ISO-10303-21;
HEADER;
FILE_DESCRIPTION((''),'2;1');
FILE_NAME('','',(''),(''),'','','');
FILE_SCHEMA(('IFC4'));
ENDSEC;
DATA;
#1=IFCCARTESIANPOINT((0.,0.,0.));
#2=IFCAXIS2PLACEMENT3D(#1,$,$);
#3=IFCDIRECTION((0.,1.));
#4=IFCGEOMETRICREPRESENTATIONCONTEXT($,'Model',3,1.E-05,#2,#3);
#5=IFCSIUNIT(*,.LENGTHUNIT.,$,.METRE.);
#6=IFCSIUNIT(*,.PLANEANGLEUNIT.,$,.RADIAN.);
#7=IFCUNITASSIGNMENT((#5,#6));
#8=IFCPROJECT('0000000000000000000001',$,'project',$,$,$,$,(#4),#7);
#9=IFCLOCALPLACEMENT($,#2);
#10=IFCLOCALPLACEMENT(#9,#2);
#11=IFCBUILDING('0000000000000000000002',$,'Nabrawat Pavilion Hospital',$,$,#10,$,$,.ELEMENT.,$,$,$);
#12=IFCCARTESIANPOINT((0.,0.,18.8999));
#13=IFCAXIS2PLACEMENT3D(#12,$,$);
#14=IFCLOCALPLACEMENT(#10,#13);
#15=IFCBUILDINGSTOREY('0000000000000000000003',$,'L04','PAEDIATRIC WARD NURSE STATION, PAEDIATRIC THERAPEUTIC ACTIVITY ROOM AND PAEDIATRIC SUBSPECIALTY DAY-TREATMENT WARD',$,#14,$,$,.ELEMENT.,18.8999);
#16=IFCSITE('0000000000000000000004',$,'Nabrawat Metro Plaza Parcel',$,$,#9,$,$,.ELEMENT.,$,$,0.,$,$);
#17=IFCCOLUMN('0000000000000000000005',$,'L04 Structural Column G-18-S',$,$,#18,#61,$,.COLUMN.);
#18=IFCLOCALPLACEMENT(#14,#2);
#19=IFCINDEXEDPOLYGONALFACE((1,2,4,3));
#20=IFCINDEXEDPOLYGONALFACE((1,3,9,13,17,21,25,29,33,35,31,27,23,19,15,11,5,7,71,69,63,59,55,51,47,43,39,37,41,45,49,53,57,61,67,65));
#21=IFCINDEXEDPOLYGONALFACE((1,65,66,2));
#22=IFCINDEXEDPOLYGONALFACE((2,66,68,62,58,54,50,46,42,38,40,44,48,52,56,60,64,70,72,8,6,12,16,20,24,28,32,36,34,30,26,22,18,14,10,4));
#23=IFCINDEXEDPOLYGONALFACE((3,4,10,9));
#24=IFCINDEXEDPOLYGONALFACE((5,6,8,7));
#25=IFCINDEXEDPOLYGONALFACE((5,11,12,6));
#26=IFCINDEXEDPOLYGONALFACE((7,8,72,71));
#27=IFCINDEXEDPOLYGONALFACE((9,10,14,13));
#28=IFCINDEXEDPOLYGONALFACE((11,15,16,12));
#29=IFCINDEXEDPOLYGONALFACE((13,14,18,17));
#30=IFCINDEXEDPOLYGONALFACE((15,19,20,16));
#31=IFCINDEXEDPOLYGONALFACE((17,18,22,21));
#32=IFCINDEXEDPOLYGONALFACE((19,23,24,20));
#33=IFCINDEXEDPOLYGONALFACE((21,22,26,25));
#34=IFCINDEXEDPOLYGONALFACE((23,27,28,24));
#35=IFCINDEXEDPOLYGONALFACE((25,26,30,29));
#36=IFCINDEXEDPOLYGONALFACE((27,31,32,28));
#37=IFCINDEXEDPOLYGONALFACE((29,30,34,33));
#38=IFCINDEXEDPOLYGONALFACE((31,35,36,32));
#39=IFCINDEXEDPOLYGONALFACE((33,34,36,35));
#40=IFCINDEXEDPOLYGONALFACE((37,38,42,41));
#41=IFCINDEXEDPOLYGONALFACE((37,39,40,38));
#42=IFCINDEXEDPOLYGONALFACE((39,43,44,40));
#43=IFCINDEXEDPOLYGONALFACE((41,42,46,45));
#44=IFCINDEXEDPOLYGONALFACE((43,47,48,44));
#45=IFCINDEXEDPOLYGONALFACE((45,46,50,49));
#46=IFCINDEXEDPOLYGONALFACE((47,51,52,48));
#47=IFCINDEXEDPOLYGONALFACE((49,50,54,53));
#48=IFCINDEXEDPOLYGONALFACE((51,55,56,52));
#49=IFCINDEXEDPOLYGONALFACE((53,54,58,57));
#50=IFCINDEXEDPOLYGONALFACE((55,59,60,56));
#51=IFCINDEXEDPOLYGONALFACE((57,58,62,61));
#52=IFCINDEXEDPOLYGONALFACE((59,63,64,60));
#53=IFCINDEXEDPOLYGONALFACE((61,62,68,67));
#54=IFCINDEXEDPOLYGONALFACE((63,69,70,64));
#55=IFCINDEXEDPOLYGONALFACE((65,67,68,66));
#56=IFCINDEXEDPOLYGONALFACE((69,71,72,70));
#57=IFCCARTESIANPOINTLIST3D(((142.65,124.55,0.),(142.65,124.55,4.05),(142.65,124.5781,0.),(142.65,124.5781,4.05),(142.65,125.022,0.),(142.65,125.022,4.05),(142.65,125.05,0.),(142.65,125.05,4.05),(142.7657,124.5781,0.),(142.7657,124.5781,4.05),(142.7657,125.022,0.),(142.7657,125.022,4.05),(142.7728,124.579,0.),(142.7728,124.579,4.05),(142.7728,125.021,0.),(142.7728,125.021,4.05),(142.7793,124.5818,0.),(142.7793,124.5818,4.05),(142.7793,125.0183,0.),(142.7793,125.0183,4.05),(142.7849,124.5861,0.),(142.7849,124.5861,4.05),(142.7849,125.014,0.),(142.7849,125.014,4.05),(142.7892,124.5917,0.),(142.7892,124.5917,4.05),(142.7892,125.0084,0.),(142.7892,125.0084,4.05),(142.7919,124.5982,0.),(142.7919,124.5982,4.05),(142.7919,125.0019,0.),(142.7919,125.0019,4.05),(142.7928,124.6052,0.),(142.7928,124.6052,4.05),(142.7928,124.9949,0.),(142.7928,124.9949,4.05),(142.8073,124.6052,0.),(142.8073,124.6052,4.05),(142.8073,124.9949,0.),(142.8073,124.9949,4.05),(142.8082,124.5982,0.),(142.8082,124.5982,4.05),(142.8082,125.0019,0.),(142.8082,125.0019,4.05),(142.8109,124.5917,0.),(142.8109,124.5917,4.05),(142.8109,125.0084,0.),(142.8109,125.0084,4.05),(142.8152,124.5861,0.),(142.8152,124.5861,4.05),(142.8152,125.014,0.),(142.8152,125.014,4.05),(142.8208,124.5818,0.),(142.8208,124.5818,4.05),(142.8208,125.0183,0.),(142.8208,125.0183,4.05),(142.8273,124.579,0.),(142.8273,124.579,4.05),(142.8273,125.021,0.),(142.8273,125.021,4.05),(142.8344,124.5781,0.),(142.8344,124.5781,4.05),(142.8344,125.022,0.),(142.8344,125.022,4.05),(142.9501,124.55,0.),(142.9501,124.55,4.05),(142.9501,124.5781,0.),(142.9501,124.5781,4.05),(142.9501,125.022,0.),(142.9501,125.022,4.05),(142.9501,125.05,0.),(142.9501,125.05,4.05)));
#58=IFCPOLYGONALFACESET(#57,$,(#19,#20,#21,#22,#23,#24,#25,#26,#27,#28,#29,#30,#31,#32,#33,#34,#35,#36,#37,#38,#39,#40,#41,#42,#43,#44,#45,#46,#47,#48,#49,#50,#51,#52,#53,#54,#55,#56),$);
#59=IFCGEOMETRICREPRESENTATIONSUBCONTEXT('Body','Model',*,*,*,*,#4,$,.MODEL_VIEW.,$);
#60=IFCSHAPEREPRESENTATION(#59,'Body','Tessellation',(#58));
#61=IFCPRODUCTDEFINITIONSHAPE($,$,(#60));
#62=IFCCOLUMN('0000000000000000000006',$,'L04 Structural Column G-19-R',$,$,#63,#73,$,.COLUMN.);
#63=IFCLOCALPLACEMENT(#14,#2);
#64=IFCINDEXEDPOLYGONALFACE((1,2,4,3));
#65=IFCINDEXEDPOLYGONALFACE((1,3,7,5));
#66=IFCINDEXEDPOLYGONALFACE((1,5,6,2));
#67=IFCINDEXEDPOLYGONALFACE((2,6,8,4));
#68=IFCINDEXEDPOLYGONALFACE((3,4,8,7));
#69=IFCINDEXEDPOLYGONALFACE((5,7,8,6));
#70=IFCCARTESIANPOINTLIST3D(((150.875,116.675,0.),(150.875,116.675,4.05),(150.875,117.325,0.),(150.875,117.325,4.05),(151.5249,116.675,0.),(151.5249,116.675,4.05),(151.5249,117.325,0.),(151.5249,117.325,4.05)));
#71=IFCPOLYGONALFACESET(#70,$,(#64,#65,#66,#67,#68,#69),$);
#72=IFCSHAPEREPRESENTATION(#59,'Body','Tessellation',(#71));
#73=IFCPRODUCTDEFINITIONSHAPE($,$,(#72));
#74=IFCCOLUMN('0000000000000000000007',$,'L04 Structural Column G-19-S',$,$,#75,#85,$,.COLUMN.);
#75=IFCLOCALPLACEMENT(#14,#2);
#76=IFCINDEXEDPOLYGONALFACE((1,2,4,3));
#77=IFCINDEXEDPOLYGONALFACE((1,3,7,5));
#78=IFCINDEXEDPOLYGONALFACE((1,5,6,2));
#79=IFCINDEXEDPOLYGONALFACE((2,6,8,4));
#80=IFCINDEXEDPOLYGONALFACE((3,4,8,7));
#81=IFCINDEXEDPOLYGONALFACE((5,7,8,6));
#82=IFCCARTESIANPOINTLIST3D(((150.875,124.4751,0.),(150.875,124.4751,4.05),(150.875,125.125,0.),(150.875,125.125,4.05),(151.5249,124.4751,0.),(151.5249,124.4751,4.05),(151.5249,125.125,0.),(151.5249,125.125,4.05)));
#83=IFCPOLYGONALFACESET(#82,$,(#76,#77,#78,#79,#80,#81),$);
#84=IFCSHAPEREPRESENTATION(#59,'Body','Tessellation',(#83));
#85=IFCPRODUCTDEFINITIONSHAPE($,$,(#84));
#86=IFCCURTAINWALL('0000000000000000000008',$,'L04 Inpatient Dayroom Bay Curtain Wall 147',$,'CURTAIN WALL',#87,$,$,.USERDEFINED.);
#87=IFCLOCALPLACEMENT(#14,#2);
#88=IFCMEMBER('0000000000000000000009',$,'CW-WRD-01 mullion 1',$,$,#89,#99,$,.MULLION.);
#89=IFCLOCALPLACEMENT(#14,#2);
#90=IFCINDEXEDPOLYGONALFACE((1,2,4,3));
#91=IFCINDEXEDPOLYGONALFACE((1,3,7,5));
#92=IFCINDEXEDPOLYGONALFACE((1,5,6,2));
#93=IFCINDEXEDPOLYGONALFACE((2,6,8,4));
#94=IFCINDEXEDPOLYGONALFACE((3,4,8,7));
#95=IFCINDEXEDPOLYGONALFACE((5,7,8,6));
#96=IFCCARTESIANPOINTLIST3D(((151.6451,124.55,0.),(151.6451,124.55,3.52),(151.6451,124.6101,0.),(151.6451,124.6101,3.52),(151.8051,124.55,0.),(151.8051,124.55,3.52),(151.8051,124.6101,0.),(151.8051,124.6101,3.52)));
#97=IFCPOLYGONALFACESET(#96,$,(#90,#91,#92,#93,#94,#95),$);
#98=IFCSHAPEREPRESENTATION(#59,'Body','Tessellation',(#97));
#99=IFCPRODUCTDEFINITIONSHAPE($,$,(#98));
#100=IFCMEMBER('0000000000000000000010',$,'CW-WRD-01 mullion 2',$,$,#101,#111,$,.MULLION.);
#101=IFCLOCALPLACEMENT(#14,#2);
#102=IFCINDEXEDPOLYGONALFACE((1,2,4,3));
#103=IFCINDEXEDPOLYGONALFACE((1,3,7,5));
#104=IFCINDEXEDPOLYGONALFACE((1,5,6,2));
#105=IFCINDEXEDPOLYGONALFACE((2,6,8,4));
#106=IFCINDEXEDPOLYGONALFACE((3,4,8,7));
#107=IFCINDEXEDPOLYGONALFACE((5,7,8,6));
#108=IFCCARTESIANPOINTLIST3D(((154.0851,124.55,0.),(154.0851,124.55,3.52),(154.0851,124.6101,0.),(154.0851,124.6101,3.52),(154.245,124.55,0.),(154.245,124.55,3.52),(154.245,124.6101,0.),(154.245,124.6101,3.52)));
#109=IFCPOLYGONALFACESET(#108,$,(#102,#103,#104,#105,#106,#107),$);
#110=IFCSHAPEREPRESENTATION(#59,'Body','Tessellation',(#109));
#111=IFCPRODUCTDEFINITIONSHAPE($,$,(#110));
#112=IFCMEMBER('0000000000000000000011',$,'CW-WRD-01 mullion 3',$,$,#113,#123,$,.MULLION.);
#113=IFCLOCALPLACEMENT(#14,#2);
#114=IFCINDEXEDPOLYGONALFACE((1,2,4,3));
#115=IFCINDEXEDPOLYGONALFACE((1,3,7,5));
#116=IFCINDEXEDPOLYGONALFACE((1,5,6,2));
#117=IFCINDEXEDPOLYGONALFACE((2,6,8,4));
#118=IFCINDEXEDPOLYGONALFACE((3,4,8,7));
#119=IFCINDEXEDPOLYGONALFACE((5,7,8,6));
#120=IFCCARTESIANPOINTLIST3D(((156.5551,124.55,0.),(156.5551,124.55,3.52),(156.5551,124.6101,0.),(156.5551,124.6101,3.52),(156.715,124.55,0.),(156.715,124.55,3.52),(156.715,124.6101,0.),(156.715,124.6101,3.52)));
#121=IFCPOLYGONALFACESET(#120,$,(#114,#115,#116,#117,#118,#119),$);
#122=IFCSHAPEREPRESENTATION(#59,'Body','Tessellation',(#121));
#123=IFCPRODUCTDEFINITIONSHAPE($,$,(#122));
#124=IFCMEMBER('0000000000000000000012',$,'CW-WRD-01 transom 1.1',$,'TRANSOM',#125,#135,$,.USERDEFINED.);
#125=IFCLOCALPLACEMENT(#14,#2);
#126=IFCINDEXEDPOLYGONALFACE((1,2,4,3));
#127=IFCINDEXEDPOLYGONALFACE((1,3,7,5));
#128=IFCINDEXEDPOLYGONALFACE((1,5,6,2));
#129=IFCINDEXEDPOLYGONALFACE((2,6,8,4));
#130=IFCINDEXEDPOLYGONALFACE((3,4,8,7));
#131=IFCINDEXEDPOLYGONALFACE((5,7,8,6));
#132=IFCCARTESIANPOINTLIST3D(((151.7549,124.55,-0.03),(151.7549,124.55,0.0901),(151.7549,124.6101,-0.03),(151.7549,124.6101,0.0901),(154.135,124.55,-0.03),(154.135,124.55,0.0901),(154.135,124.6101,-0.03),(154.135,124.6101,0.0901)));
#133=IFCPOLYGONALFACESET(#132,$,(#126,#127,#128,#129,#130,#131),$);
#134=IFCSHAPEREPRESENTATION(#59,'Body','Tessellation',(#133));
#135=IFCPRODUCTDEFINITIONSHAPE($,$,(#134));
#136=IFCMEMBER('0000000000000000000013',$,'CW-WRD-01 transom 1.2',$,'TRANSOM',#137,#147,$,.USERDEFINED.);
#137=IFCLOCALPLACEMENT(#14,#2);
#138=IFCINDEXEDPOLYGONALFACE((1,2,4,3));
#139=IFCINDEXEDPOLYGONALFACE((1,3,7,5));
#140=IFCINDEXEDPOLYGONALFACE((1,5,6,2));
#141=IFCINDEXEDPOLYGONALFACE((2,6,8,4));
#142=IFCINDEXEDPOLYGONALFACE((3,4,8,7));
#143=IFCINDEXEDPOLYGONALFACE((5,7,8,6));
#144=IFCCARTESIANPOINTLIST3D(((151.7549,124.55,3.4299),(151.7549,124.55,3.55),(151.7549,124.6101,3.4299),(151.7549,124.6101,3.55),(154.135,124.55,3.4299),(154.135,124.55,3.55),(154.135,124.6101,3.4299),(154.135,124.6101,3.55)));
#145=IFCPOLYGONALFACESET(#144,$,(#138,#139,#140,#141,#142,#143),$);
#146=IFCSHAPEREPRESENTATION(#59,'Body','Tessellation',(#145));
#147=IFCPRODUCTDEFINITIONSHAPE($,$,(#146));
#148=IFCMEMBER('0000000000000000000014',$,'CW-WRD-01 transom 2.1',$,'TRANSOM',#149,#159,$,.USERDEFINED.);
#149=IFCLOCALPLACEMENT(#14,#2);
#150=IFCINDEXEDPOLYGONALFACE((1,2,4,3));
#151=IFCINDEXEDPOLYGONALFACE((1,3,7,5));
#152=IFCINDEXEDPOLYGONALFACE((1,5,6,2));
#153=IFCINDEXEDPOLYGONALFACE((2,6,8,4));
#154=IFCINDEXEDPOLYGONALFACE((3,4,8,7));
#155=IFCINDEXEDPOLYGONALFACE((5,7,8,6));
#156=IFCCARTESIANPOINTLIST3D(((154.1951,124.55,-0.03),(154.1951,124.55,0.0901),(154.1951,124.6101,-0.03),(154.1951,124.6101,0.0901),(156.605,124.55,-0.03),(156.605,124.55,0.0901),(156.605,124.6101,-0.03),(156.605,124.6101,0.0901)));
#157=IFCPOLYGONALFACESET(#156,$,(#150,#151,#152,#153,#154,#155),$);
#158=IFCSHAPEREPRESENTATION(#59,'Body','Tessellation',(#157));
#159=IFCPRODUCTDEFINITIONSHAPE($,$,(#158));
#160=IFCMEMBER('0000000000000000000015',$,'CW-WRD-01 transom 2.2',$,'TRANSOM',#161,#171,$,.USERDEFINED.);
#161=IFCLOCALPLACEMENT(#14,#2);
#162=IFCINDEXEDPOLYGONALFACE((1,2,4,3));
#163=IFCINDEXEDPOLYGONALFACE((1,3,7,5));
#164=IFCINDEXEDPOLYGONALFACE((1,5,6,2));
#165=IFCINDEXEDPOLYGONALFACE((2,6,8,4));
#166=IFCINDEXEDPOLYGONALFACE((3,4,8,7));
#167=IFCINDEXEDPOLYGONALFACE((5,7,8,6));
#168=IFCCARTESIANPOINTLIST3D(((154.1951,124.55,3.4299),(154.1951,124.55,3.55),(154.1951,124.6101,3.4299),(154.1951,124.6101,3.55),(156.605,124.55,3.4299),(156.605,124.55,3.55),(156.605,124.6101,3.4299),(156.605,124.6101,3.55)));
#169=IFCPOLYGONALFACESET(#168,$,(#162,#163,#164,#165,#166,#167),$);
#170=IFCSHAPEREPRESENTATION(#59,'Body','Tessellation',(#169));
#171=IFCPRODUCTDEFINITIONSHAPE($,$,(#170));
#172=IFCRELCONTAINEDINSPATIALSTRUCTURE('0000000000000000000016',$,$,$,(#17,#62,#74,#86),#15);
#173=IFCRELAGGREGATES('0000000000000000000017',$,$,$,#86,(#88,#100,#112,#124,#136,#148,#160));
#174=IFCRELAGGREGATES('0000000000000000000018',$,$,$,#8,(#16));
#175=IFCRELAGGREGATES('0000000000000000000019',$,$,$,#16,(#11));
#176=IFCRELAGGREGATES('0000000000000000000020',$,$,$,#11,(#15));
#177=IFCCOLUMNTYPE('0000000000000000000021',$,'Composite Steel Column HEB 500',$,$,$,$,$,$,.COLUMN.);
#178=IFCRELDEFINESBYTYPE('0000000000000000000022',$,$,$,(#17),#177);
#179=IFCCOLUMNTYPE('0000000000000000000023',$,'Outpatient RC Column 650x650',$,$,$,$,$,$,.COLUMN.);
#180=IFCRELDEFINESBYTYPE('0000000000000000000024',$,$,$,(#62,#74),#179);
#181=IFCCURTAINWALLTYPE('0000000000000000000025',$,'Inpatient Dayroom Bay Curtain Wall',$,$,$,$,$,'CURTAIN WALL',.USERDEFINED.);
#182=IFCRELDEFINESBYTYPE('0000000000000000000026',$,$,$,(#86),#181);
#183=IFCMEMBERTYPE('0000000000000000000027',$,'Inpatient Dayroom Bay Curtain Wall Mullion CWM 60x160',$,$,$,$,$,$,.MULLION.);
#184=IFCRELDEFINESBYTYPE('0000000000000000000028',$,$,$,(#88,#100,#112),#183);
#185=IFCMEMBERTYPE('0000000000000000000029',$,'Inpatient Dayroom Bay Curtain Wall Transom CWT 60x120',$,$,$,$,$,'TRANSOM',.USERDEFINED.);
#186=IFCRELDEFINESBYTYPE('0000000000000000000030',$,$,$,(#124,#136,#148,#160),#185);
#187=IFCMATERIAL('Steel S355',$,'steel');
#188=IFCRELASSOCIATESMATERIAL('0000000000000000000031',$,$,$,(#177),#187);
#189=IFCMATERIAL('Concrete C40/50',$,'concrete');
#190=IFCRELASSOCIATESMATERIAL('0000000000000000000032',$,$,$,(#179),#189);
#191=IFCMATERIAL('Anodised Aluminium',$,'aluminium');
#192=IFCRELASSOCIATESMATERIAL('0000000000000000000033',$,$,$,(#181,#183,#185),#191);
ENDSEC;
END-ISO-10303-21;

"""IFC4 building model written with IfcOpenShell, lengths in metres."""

from ifc_helpers import new_model, si_unit, direction, frame, origin, origin_2d, place, context, subcontext, project, spatial, rectangle, i_section, extrude, material, material_profile, profile_set, type_object, element, aggregate, save


model = new_model("IFC4")

# Units and contexts
model_context = context("Model", 3, precision=1e-05, world=origin(), true_north=direction((0.0, 1.0)))
body_context = subcontext(model_context, "Body", "Model", "MODEL_VIEW")
ifc_project = project(units=[si_unit("LENGTHUNIT", "METRE"), si_unit("PLANEANGLEUNIT", "RADIAN")], contexts=[model_context])

# Site, building, storey
site_placement = place(None, origin())
site = spatial("IfcSite", under=ifc_project, at=site_placement, Name="Nabrawat Metro Plaza Parcel", CompositionType="ELEMENT", RefElevation=0.0)
building_placement = place(site_placement, origin())
building = spatial("IfcBuilding", under=site, at=building_placement, Name="Nabrawat Pavilion Hospital", CompositionType="ELEMENT")
storey_placement = place(building_placement, frame((0.0, 0.0, 18.8999)))
storey = spatial("IfcBuildingStorey", under=building, at=storey_placement, Name="L04", Description="PAEDIATRIC WARD NURSE STATION, PAEDIATRIC THERAPEUTIC ACTIVITY ROOM AND PAEDIATRIC SUBSPECIALTY DAY-TREATMENT WARD", CompositionType="ELEMENT", Elevation=18.8999)

# Columns
ifc_material_1 = material(Name="Steel S355", Category="steel")
ifc_material_profile_1 = material_profile(ifc_material_1, i_section(OverallWidth=0.3, OverallDepth=0.5, WebThickness=0.0144, FlangeThickness=0.0281, FilletRadius=0.0271, at=origin_2d()), Name="HEB 500")
ifc_profile_set_1 = profile_set([ifc_material_profile_1], Name="Steel S355")
column_type_1 = type_object("IfcColumnType", Name="Composite Steel Column HEB 500", PredefinedType="COLUMN", material=ifc_profile_set_1)
column_placement = place(storey_placement, frame((142.8, 124.8, 0.0), z_axis=(0.0, 0.0, 1.0), x_axis=(1.0, 0.0, 0.0)))
element("IfcColumn", 1, at=column_placement, inside=storey, type_object=column_type_1, Name="L04 Structural Column G-18-S", PredefinedType="COLUMN", context=body_context, shape_type="SweptSolid", body=[
    extrude(i_section(OverallWidth=0.3, OverallDepth=0.5, WebThickness=0.0144, FlangeThickness=0.0281, FilletRadius=0.0271, at=origin_2d()), origin(), (0.0, 0.0, 1.0), 4.05),
])
ifc_material_2 = material(Name="Concrete C40/50", Category="concrete")
ifc_material_profile_2 = material_profile(ifc_material_2, rectangle(XDim=0.6499, YDim=0.6499, at=origin_2d()), Name="RC 650x650")
ifc_profile_set_2 = profile_set([ifc_material_profile_2], Name="Concrete C40/50")
column_type_2 = type_object("IfcColumnType", Name="Outpatient RC Column 650x650", PredefinedType="COLUMN", material=ifc_profile_set_2)
for number, where, z_axis, x_axis, name in (
    (2, (151.2, 117.0, 0.0), (0.0, 0.0, 1.0), (1.0, 0.0, 0.0), "L04 Structural Column G-19-R"),
    (3, (151.2, 124.8, 0.0), (0.0, 0.0, 1.0), (1.0, 0.0, 0.0), "L04 Structural Column G-19-S"),
):
    element("IfcColumn", number, at=place(storey_placement, frame(where, z_axis=z_axis, x_axis=x_axis)), inside=storey, type_object=column_type_2, Name=name, PredefinedType="COLUMN", context=body_context, shape_type="SweptSolid", body=[
        extrude(rectangle(XDim=0.6499, YDim=0.6499, at=origin_2d()), origin(), (0.0, 0.0, 1.0), 4.05),
    ])

# Curtain wall, members
ifc_material_3 = material(Name="Anodised Aluminium", Category="aluminium")
curtain_wall_type = type_object("IfcCurtainWallType", Name="Inpatient Dayroom Bay Curtain Wall", ElementType="CURTAIN WALL", PredefinedType="USERDEFINED", material=ifc_material_3)
curtain_wall_placement = place(storey_placement, origin())
curtain_wall = element("IfcCurtainWall", 4, at=curtain_wall_placement, inside=storey, type_object=curtain_wall_type, Name="L04 Inpatient Dayroom Bay Curtain Wall 147", ObjectType="CURTAIN WALL", PredefinedType="USERDEFINED")
ifc_material_profile_3 = material_profile(ifc_material_3, rectangle(XDim=0.0601, YDim=0.1599, at=origin_2d()), Name="CWM 60x160")
ifc_profile_set_3 = profile_set([ifc_material_profile_3], Name="Anodised Aluminium")
member_type_1 = type_object("IfcMemberType", Name="Inpatient Dayroom Bay Curtain Wall Mullion CWM 60x160", PredefinedType="MULLION", material=ifc_profile_set_3)
member_1_placement = place(storey_placement, frame((151.7251, 124.5801, 0.0), z_axis=(0.0, 0.0, 1.0), x_axis=(0.0, 1.0, 0.0)))
member_1 = element("IfcMember", 5, at=member_1_placement, type_object=member_type_1, Name="CW-WRD-01 mullion 1", PredefinedType="MULLION", context=body_context, shape_type="SweptSolid", body=[
    extrude(rectangle(XDim=0.0601, YDim=0.1599, at=origin_2d()), origin(), (0.0, 0.0, 1.0), 3.52),
])
member_2_placement = place(storey_placement, frame((154.165, 124.5801, 0.0), z_axis=(0.0, 0.0, 1.0), x_axis=(0.0, 1.0, 0.0)))
member_2 = element("IfcMember", 6, at=member_2_placement, type_object=member_type_1, Name="CW-WRD-01 mullion 2", PredefinedType="MULLION", context=body_context, shape_type="SweptSolid", body=[
    extrude(rectangle(XDim=0.0601, YDim=0.1599, at=origin_2d()), origin(), (0.0, 0.0, 1.0), 3.52),
])
member_3_placement = place(storey_placement, frame((156.635, 124.5801, 0.0), z_axis=(0.0, 0.0, 1.0), x_axis=(0.0, 1.0, 0.0)))
member_3 = element("IfcMember", 7, at=member_3_placement, type_object=member_type_1, Name="CW-WRD-01 mullion 3", PredefinedType="MULLION", context=body_context, shape_type="SweptSolid", body=[
    extrude(rectangle(XDim=0.0601, YDim=0.1599, at=origin_2d()), origin(), (0.0, 0.0, 1.0), 3.52),
])
ifc_material_profile_4 = material_profile(ifc_material_3, rectangle(XDim=0.0601, YDim=0.1201, at=origin_2d()), Name="CWT 60x120")
ifc_profile_set_4 = profile_set([ifc_material_profile_4], Name="Anodised Aluminium")
member_type_2 = type_object("IfcMemberType", Name="Inpatient Dayroom Bay Curtain Wall Transom CWT 60x120", ElementType="TRANSOM", PredefinedType="USERDEFINED", material=ifc_profile_set_4)
member_4_placement = place(storey_placement, frame((151.7549, 124.5801, 0.03), z_axis=(1.0, 0.0, 0.0), x_axis=(0.0, 1.0, 0.0)))
member_4 = element("IfcMember", 8, at=member_4_placement, type_object=member_type_2, Name="CW-WRD-01 transom 1.1", ObjectType="TRANSOM", PredefinedType="USERDEFINED", context=body_context, shape_type="SweptSolid", body=[
    extrude(rectangle(XDim=0.0601, YDim=0.1201, at=origin_2d()), origin(), (0.0, 0.0, 1.0), 2.3801),
])
member_5_placement = place(storey_placement, frame((151.7549, 124.5801, 3.49), z_axis=(1.0, 0.0, 0.0), x_axis=(0.0, 1.0, 0.0)))
member_5 = element("IfcMember", 9, at=member_5_placement, type_object=member_type_2, Name="CW-WRD-01 transom 1.2", ObjectType="TRANSOM", PredefinedType="USERDEFINED", context=body_context, shape_type="SweptSolid", body=[
    extrude(rectangle(XDim=0.0601, YDim=0.1201, at=origin_2d()), origin(), (0.0, 0.0, 1.0), 2.3801),
])
member_6_placement = place(storey_placement, frame((154.1951, 124.5801, 0.03), z_axis=(1.0, 0.0, 0.0), x_axis=(0.0, 1.0, 0.0)))
member_6 = element("IfcMember", 10, at=member_6_placement, type_object=member_type_2, Name="CW-WRD-01 transom 2.1", ObjectType="TRANSOM", PredefinedType="USERDEFINED", context=body_context, shape_type="SweptSolid", body=[
    extrude(rectangle(XDim=0.0601, YDim=0.1201, at=origin_2d()), origin(), (0.0, 0.0, 1.0), 2.4099),
])
member_7_placement = place(storey_placement, frame((154.1951, 124.5801, 3.49), z_axis=(1.0, 0.0, 0.0), x_axis=(0.0, 1.0, 0.0)))
member_7 = element("IfcMember", 11, at=member_7_placement, type_object=member_type_2, Name="CW-WRD-01 transom 2.2", ObjectType="TRANSOM", PredefinedType="USERDEFINED", context=body_context, shape_type="SweptSolid", body=[
    extrude(rectangle(XDim=0.0601, YDim=0.1201, at=origin_2d()), origin(), (0.0, 0.0, 1.0), 2.4099),
])

aggregate(curtain_wall, [member_1, member_2, member_3, member_4, member_5, member_6, member_7])

save(model, "model.ifc")
